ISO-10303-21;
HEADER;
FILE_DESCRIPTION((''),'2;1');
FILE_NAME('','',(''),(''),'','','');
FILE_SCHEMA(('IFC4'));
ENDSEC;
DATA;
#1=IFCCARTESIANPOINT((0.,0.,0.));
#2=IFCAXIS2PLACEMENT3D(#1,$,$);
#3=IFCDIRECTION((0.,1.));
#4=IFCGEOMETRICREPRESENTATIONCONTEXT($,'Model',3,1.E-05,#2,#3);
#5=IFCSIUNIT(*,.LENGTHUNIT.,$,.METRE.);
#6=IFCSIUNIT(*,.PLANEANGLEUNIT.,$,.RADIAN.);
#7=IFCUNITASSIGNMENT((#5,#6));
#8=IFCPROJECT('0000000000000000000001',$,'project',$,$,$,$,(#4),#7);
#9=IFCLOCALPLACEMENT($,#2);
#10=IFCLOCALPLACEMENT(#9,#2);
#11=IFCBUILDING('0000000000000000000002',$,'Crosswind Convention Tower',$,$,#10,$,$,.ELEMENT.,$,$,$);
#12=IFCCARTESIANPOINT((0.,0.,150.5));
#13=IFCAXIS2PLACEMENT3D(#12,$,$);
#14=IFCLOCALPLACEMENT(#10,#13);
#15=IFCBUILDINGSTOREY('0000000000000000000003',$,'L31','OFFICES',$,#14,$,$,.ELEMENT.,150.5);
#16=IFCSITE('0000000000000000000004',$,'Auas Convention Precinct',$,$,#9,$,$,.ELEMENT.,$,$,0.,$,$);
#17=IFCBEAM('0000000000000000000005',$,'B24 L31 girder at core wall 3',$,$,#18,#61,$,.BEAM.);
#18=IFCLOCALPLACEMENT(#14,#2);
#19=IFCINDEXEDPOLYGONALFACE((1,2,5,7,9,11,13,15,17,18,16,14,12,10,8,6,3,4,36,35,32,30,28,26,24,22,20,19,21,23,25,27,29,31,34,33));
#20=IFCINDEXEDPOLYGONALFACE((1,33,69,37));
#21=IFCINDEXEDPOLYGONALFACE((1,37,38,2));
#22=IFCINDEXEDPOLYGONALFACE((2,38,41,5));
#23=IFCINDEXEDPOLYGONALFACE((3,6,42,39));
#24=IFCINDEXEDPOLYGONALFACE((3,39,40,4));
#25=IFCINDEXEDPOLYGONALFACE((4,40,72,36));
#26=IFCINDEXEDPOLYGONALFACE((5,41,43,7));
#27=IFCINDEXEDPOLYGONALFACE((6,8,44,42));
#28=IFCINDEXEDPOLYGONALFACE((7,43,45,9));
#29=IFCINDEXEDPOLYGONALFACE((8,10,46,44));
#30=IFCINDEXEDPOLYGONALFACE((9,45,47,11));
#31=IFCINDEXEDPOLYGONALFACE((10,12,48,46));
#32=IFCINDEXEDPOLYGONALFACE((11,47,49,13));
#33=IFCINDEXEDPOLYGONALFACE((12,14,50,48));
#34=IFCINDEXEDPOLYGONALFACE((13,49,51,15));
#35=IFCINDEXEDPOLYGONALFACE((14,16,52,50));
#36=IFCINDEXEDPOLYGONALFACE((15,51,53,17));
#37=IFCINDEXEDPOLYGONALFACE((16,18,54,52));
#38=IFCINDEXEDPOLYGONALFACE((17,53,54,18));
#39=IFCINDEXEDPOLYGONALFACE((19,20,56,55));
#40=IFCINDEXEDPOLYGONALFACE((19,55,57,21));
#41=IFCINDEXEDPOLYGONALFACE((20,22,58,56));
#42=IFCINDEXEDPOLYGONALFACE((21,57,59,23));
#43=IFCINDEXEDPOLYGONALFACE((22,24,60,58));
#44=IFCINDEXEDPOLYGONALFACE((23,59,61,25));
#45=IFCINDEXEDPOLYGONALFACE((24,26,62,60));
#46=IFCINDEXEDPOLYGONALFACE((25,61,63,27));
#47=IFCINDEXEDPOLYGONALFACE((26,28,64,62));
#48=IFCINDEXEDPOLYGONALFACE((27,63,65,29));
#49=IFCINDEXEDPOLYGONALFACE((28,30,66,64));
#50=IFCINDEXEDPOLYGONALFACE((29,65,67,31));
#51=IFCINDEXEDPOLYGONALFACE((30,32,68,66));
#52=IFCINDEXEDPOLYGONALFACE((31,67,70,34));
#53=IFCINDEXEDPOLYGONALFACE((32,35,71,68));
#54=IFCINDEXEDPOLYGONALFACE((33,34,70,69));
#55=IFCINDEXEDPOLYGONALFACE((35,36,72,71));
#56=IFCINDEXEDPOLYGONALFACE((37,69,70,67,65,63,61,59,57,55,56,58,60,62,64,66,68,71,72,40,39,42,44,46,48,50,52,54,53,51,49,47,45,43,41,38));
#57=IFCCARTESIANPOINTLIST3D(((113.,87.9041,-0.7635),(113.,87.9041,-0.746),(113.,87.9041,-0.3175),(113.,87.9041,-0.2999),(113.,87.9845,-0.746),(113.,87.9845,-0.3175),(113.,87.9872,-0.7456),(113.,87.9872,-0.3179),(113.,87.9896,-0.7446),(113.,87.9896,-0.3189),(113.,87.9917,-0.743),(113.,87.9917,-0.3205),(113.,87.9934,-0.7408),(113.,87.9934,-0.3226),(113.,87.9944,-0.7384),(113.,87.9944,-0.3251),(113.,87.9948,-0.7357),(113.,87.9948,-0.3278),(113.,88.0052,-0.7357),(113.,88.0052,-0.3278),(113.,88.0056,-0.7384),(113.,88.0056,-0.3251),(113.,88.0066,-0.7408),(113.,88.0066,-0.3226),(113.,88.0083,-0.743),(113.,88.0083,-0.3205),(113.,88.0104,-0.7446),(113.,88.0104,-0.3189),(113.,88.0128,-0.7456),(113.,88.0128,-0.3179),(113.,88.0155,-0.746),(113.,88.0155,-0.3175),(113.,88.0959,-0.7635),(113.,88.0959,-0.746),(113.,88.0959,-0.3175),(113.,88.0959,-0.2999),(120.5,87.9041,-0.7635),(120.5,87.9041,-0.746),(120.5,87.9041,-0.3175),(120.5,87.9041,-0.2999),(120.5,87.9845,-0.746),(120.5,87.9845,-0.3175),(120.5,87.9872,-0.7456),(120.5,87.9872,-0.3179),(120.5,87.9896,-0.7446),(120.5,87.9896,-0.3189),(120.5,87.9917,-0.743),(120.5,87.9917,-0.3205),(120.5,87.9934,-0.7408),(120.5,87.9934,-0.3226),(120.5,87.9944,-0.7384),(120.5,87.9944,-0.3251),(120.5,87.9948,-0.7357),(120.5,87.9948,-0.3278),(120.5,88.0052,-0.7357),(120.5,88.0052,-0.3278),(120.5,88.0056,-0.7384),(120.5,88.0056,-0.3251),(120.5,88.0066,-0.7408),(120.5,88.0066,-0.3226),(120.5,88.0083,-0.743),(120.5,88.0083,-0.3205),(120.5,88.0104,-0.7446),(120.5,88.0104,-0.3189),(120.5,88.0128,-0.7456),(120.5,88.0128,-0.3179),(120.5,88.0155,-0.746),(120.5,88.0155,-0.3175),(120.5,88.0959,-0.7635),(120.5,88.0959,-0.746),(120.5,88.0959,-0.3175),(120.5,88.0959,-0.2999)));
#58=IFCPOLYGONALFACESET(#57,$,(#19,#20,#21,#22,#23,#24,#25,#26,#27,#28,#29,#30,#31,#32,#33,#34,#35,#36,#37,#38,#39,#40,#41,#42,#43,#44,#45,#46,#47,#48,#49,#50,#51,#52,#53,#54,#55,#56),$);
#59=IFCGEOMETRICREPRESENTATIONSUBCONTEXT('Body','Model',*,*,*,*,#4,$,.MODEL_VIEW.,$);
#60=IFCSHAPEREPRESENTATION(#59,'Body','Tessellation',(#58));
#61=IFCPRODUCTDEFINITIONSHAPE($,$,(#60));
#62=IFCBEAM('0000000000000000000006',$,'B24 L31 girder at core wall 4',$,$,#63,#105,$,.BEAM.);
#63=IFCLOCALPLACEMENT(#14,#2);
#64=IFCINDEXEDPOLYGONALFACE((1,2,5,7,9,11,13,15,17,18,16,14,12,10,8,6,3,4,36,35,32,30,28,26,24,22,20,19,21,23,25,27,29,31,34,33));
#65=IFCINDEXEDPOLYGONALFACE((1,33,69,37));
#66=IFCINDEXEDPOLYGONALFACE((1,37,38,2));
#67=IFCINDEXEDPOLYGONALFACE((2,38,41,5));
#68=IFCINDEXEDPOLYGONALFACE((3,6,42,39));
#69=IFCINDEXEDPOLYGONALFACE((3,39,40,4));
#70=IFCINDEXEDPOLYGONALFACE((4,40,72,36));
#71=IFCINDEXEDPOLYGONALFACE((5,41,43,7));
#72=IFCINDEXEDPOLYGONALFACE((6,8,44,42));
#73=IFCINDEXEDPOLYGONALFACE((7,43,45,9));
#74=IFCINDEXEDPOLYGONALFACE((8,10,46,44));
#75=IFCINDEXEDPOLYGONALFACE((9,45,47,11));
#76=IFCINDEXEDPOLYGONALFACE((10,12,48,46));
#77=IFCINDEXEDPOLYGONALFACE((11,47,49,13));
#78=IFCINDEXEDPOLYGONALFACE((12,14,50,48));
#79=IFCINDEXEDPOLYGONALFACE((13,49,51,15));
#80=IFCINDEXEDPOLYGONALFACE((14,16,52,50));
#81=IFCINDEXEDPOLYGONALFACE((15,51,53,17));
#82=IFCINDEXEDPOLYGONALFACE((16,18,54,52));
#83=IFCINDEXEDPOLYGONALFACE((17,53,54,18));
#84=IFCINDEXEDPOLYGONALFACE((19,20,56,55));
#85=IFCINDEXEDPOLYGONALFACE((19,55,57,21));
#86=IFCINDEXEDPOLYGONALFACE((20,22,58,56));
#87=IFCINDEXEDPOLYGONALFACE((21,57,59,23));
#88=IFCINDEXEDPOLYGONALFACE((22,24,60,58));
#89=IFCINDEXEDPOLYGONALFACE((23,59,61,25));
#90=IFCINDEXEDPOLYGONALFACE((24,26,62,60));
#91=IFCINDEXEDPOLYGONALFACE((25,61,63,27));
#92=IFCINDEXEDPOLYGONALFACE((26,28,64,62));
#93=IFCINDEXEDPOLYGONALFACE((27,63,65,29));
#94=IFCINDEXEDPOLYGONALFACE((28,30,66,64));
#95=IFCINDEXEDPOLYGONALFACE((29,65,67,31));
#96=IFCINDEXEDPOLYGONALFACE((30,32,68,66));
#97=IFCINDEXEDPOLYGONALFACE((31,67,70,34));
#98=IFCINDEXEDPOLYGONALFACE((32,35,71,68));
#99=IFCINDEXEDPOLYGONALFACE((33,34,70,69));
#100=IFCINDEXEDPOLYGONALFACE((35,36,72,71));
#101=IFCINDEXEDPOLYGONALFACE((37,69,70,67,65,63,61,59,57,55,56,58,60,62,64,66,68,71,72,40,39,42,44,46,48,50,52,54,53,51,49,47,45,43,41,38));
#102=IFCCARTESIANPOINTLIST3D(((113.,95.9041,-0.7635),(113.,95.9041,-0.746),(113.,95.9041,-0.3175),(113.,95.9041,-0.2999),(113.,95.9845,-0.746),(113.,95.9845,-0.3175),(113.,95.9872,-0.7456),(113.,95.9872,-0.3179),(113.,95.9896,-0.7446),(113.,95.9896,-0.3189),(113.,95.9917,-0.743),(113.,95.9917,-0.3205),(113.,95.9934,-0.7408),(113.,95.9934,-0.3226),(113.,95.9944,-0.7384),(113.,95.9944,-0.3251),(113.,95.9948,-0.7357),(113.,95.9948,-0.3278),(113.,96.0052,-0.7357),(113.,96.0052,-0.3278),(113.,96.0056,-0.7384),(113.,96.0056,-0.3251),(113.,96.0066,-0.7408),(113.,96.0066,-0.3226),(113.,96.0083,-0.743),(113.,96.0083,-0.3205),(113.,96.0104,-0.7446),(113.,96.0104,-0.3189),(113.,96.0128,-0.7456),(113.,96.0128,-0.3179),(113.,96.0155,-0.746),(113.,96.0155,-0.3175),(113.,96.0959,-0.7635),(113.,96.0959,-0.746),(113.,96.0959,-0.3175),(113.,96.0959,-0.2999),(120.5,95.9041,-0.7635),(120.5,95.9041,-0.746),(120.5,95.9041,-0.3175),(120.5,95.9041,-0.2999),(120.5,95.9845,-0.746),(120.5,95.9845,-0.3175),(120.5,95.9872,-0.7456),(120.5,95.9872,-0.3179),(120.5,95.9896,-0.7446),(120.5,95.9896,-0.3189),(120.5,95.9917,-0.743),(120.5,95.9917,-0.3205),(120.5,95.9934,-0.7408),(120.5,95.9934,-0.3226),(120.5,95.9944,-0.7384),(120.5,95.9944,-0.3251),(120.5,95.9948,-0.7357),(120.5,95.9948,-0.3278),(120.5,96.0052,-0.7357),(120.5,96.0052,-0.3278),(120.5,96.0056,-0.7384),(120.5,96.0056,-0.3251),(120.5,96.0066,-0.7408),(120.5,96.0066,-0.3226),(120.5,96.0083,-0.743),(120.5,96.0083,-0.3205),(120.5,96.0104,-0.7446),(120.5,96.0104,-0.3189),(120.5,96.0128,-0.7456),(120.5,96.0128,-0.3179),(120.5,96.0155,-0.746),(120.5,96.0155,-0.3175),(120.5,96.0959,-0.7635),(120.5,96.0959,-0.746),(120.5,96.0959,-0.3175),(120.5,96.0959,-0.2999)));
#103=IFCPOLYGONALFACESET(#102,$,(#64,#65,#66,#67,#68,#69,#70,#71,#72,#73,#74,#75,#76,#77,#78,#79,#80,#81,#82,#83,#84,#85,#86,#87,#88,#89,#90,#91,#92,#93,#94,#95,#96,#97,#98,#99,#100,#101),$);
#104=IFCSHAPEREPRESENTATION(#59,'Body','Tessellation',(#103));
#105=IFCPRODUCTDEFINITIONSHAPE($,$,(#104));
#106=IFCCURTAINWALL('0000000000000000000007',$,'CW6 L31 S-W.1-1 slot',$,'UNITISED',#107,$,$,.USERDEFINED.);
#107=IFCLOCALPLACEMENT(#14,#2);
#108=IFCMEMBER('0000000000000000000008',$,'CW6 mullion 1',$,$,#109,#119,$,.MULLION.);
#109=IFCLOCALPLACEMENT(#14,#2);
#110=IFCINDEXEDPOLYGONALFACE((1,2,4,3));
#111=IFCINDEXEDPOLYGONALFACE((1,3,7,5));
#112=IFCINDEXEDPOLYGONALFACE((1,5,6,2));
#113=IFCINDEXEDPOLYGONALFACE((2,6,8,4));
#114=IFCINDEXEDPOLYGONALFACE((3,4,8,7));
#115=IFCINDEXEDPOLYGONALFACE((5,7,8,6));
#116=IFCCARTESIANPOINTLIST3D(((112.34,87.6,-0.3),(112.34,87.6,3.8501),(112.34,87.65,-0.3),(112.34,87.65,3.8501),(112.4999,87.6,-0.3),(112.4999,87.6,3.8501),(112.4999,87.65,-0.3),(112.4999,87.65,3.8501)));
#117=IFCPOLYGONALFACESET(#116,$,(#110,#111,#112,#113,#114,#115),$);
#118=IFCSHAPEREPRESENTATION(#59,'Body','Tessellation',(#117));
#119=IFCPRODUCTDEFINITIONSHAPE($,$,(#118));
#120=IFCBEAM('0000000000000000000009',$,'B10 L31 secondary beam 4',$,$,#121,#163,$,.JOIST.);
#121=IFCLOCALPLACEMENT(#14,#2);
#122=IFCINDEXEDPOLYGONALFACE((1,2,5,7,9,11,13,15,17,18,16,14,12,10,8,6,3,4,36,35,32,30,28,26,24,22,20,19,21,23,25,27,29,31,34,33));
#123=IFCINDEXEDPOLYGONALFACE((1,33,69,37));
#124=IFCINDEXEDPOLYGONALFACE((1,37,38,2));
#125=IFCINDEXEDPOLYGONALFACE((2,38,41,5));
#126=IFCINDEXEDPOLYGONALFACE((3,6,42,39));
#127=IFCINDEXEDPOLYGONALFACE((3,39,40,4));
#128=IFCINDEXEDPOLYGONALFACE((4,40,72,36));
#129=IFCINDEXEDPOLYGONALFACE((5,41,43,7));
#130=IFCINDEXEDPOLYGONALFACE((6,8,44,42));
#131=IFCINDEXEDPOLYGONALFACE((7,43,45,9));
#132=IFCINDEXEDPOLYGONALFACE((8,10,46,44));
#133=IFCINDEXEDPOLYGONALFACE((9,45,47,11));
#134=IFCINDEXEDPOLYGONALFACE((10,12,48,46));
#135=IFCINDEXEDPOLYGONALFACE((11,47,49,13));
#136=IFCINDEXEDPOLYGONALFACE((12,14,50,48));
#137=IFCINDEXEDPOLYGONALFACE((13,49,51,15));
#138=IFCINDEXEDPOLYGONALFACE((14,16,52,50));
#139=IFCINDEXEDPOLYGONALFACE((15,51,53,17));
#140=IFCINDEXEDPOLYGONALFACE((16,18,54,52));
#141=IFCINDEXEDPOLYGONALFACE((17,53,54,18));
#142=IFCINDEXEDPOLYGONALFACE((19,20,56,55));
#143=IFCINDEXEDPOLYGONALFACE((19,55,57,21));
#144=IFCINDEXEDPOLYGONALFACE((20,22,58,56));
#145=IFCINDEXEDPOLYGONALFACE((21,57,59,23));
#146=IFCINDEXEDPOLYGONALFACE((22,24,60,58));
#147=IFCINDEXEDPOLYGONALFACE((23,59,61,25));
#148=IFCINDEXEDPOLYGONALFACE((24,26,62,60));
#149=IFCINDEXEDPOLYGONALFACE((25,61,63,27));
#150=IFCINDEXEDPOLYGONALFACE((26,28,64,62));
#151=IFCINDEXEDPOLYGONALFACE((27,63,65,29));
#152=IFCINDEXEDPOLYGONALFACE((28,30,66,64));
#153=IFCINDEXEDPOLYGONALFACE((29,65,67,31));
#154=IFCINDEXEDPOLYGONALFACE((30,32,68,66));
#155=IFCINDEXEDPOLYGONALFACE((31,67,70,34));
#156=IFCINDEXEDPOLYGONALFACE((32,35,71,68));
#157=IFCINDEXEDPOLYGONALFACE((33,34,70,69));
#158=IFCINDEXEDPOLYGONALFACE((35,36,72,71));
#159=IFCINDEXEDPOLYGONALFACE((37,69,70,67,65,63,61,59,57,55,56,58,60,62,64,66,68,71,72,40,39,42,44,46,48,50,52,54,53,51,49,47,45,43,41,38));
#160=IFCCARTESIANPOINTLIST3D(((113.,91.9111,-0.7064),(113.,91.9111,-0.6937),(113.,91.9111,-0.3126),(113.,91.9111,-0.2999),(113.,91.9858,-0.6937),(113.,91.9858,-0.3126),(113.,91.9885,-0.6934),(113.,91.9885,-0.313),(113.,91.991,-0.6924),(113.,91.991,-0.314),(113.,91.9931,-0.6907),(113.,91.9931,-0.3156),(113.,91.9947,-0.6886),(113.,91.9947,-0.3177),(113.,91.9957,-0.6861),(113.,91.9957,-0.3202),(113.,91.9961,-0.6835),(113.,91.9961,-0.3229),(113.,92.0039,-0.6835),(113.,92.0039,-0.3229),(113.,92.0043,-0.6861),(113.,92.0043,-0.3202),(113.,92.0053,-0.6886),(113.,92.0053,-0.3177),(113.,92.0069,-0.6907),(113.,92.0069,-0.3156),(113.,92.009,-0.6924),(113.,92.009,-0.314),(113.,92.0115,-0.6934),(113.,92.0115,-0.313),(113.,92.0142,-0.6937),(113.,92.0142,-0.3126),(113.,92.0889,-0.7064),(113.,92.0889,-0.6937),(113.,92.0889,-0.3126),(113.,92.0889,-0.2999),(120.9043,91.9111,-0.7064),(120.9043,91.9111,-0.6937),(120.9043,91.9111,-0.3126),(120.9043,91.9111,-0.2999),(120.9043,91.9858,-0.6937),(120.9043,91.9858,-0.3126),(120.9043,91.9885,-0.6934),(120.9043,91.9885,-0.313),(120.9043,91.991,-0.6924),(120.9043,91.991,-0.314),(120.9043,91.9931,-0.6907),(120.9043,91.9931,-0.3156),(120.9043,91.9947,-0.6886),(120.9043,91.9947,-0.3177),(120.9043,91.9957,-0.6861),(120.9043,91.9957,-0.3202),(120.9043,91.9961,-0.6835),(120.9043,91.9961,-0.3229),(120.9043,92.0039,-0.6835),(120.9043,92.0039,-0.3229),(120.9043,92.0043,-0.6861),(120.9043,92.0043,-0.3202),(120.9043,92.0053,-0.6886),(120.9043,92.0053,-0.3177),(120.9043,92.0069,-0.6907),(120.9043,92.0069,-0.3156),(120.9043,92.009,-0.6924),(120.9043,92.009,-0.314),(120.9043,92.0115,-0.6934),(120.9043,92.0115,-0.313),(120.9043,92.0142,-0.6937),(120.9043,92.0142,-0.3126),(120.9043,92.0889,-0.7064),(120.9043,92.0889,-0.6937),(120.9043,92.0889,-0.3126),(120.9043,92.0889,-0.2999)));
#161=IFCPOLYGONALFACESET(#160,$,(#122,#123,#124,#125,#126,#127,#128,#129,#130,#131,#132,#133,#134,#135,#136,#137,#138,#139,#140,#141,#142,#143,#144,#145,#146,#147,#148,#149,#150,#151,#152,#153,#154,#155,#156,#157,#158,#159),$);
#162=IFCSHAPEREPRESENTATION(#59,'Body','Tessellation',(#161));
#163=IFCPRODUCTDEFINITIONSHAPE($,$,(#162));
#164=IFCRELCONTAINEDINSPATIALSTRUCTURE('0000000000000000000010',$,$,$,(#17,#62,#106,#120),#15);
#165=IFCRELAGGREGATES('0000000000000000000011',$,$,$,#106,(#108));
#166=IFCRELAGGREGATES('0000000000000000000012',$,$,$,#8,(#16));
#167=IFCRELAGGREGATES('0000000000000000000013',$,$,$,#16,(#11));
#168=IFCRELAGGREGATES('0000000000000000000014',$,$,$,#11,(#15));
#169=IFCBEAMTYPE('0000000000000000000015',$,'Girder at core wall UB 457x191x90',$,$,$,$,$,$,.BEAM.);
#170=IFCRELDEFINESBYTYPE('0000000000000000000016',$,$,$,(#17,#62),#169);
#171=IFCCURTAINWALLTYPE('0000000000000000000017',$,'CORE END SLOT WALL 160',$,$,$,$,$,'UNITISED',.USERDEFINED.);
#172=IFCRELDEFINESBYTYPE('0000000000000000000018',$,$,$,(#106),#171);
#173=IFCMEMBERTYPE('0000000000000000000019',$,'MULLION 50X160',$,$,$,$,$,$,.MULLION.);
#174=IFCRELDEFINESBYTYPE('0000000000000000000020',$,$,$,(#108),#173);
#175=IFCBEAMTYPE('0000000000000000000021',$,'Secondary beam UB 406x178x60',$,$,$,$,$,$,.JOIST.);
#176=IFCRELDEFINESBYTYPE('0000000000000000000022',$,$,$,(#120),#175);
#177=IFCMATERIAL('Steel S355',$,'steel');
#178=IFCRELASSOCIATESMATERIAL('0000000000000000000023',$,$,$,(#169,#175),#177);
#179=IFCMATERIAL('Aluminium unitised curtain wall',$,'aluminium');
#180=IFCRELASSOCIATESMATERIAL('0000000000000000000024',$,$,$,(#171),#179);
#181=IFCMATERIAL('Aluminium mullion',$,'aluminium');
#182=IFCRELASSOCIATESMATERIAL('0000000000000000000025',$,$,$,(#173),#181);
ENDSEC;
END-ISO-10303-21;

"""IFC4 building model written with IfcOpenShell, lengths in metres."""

from ifc_helpers import new_model, si_unit, direction, frame, origin, origin_2d, place, context, subcontext, project, spatial, rectangle, i_section, extrude, material, material_profile, profile_set, type_object, element, aggregate, save


model = new_model("IFC4")

# Units and contexts
model_context = context("Model", 3, precision=1e-05, world=origin(), true_north=direction((0.0, 1.0)))
body_context = subcontext(model_context, "Body", "Model", "MODEL_VIEW")
ifc_project = project(units=[si_unit("LENGTHUNIT", "METRE"), si_unit("PLANEANGLEUNIT", "RADIAN")], contexts=[model_context])

# Site, building, storey
site_placement = place(None, origin())
site = spatial("IfcSite", under=ifc_project, at=site_placement, Name="Auas Convention Precinct", CompositionType="ELEMENT", RefElevation=0.0)
building_placement = place(site_placement, origin())
building = spatial("IfcBuilding", under=site, at=building_placement, Name="Crosswind Convention Tower", CompositionType="ELEMENT")
storey_placement = place(building_placement, frame((0.0, 0.0, 150.5)))
storey = spatial("IfcBuildingStorey", under=building, at=storey_placement, Name="L31", Description="OFFICES", CompositionType="ELEMENT", Elevation=150.5)

# Beams
ifc_material_1 = material(Name="Steel S355", Category="steel")
ifc_material_profile_1 = material_profile(ifc_material_1, i_section(OverallWidth=0.1919, OverallDepth=0.4636, WebThickness=0.0105, FlangeThickness=0.0176, FilletRadius=0.0103, at=origin_2d()), Name="UB 457x191x90")
ifc_profile_set_1 = profile_set([ifc_material_profile_1], Name="Steel S355")
beam_type_1 = type_object("IfcBeamType", Name="Girder at core wall UB 457x191x90", PredefinedType="BEAM", material=ifc_profile_set_1)
for number, where, z_axis, x_axis, name in (
    (1, (113.0, 88.0, -0.5317), (1.0, 0.0, 0.0), (0.0, 1.0, 0.0), "B24 L31 girder at core wall 3"),
    (2, (113.0, 96.0, -0.5317), (1.0, 0.0, 0.0), (0.0, 1.0, 0.0), "B24 L31 girder at core wall 4"),
):
    element("IfcBeam", number, at=place(storey_placement, frame(where, z_axis=z_axis, x_axis=x_axis)), inside=storey, type_object=beam_type_1, Name=name, PredefinedType="BEAM", context=body_context, shape_type="SweptSolid", body=[
        extrude(i_section(OverallWidth=0.1919, OverallDepth=0.4636, WebThickness=0.0105, FlangeThickness=0.0176, FilletRadius=0.0103, at=origin_2d()), origin(), (0.0, 0.0, 1.0), 7.5),
    ])

# Curtain wall, member
ifc_material_2 = material(Name="Aluminium unitised curtain wall", Category="aluminium")
curtain_wall_type = type_object("IfcCurtainWallType", Name="CORE END SLOT WALL 160", ElementType="UNITISED", PredefinedType="USERDEFINED", material=ifc_material_2)
curtain_wall_placement = place(storey_placement, origin())
curtain_wall = element("IfcCurtainWall", 3, at=curtain_wall_placement, inside=storey, type_object=curtain_wall_type, Name="CW6 L31 S-W.1-1 slot", ObjectType="UNITISED", PredefinedType="USERDEFINED")
ifc_material_3 = material(Name="Aluminium mullion", Category="aluminium")
ifc_material_profile_2 = material_profile(ifc_material_3, rectangle(XDim=0.1599, YDim=0.05, at=origin_2d()), Name="AL 160X50")
ifc_profile_set_2 = profile_set([ifc_material_profile_2], Name="Aluminium mullion")
member_type_1 = type_object("IfcMemberType", Name="MULLION 50X160", PredefinedType="MULLION", material=ifc_profile_set_2)
member_1_placement = place(storey_placement, frame((112.4199, 87.625, -0.3), z_axis=(0.0, 0.0, 1.0), x_axis=(-1.0, 0.0, 0.0)))
member_1 = element("IfcMember", 4, at=member_1_placement, type_object=member_type_1, Name="CW6 mullion 1", PredefinedType="MULLION", context=body_context, shape_type="SweptSolid", body=[
    extrude(rectangle(XDim=0.1599, YDim=0.05, at=origin_2d()), origin(), (0.0, 0.0, 1.0), 4.1501),
])

# Beam
ifc_material_profile_3 = material_profile(ifc_material_1, i_section(OverallWidth=0.1777, OverallDepth=0.4065, WebThickness=0.0078, FlangeThickness=0.0127, FilletRadius=0.0103, at=origin_2d()), Name="UB 406x178x60")
ifc_profile_set_3 = profile_set([ifc_material_profile_3], Name="Steel S355")
beam_type_2 = type_object("IfcBeamType", Name="Secondary beam UB 406x178x60", PredefinedType="JOIST", material=ifc_profile_set_3)
beam_1_placement = place(storey_placement, frame((113.0, 92.0, -0.5032), z_axis=(1.0, 0.0, 0.0), x_axis=(0.0, 1.0, 0.0)))
element("IfcBeam", 5, at=beam_1_placement, inside=storey, type_object=beam_type_2, Name="B10 L31 secondary beam 4", PredefinedType="JOIST", context=body_context, shape_type="SweptSolid", body=[
    extrude(i_section(OverallWidth=0.1777, OverallDepth=0.4065, WebThickness=0.0078, FlangeThickness=0.0127, FilletRadius=0.0103, at=origin_2d()), origin(), (0.0, 0.0, 1.0), 7.9043),
])

aggregate(curtain_wall, [member_1])

save(model, "model.ifc")
